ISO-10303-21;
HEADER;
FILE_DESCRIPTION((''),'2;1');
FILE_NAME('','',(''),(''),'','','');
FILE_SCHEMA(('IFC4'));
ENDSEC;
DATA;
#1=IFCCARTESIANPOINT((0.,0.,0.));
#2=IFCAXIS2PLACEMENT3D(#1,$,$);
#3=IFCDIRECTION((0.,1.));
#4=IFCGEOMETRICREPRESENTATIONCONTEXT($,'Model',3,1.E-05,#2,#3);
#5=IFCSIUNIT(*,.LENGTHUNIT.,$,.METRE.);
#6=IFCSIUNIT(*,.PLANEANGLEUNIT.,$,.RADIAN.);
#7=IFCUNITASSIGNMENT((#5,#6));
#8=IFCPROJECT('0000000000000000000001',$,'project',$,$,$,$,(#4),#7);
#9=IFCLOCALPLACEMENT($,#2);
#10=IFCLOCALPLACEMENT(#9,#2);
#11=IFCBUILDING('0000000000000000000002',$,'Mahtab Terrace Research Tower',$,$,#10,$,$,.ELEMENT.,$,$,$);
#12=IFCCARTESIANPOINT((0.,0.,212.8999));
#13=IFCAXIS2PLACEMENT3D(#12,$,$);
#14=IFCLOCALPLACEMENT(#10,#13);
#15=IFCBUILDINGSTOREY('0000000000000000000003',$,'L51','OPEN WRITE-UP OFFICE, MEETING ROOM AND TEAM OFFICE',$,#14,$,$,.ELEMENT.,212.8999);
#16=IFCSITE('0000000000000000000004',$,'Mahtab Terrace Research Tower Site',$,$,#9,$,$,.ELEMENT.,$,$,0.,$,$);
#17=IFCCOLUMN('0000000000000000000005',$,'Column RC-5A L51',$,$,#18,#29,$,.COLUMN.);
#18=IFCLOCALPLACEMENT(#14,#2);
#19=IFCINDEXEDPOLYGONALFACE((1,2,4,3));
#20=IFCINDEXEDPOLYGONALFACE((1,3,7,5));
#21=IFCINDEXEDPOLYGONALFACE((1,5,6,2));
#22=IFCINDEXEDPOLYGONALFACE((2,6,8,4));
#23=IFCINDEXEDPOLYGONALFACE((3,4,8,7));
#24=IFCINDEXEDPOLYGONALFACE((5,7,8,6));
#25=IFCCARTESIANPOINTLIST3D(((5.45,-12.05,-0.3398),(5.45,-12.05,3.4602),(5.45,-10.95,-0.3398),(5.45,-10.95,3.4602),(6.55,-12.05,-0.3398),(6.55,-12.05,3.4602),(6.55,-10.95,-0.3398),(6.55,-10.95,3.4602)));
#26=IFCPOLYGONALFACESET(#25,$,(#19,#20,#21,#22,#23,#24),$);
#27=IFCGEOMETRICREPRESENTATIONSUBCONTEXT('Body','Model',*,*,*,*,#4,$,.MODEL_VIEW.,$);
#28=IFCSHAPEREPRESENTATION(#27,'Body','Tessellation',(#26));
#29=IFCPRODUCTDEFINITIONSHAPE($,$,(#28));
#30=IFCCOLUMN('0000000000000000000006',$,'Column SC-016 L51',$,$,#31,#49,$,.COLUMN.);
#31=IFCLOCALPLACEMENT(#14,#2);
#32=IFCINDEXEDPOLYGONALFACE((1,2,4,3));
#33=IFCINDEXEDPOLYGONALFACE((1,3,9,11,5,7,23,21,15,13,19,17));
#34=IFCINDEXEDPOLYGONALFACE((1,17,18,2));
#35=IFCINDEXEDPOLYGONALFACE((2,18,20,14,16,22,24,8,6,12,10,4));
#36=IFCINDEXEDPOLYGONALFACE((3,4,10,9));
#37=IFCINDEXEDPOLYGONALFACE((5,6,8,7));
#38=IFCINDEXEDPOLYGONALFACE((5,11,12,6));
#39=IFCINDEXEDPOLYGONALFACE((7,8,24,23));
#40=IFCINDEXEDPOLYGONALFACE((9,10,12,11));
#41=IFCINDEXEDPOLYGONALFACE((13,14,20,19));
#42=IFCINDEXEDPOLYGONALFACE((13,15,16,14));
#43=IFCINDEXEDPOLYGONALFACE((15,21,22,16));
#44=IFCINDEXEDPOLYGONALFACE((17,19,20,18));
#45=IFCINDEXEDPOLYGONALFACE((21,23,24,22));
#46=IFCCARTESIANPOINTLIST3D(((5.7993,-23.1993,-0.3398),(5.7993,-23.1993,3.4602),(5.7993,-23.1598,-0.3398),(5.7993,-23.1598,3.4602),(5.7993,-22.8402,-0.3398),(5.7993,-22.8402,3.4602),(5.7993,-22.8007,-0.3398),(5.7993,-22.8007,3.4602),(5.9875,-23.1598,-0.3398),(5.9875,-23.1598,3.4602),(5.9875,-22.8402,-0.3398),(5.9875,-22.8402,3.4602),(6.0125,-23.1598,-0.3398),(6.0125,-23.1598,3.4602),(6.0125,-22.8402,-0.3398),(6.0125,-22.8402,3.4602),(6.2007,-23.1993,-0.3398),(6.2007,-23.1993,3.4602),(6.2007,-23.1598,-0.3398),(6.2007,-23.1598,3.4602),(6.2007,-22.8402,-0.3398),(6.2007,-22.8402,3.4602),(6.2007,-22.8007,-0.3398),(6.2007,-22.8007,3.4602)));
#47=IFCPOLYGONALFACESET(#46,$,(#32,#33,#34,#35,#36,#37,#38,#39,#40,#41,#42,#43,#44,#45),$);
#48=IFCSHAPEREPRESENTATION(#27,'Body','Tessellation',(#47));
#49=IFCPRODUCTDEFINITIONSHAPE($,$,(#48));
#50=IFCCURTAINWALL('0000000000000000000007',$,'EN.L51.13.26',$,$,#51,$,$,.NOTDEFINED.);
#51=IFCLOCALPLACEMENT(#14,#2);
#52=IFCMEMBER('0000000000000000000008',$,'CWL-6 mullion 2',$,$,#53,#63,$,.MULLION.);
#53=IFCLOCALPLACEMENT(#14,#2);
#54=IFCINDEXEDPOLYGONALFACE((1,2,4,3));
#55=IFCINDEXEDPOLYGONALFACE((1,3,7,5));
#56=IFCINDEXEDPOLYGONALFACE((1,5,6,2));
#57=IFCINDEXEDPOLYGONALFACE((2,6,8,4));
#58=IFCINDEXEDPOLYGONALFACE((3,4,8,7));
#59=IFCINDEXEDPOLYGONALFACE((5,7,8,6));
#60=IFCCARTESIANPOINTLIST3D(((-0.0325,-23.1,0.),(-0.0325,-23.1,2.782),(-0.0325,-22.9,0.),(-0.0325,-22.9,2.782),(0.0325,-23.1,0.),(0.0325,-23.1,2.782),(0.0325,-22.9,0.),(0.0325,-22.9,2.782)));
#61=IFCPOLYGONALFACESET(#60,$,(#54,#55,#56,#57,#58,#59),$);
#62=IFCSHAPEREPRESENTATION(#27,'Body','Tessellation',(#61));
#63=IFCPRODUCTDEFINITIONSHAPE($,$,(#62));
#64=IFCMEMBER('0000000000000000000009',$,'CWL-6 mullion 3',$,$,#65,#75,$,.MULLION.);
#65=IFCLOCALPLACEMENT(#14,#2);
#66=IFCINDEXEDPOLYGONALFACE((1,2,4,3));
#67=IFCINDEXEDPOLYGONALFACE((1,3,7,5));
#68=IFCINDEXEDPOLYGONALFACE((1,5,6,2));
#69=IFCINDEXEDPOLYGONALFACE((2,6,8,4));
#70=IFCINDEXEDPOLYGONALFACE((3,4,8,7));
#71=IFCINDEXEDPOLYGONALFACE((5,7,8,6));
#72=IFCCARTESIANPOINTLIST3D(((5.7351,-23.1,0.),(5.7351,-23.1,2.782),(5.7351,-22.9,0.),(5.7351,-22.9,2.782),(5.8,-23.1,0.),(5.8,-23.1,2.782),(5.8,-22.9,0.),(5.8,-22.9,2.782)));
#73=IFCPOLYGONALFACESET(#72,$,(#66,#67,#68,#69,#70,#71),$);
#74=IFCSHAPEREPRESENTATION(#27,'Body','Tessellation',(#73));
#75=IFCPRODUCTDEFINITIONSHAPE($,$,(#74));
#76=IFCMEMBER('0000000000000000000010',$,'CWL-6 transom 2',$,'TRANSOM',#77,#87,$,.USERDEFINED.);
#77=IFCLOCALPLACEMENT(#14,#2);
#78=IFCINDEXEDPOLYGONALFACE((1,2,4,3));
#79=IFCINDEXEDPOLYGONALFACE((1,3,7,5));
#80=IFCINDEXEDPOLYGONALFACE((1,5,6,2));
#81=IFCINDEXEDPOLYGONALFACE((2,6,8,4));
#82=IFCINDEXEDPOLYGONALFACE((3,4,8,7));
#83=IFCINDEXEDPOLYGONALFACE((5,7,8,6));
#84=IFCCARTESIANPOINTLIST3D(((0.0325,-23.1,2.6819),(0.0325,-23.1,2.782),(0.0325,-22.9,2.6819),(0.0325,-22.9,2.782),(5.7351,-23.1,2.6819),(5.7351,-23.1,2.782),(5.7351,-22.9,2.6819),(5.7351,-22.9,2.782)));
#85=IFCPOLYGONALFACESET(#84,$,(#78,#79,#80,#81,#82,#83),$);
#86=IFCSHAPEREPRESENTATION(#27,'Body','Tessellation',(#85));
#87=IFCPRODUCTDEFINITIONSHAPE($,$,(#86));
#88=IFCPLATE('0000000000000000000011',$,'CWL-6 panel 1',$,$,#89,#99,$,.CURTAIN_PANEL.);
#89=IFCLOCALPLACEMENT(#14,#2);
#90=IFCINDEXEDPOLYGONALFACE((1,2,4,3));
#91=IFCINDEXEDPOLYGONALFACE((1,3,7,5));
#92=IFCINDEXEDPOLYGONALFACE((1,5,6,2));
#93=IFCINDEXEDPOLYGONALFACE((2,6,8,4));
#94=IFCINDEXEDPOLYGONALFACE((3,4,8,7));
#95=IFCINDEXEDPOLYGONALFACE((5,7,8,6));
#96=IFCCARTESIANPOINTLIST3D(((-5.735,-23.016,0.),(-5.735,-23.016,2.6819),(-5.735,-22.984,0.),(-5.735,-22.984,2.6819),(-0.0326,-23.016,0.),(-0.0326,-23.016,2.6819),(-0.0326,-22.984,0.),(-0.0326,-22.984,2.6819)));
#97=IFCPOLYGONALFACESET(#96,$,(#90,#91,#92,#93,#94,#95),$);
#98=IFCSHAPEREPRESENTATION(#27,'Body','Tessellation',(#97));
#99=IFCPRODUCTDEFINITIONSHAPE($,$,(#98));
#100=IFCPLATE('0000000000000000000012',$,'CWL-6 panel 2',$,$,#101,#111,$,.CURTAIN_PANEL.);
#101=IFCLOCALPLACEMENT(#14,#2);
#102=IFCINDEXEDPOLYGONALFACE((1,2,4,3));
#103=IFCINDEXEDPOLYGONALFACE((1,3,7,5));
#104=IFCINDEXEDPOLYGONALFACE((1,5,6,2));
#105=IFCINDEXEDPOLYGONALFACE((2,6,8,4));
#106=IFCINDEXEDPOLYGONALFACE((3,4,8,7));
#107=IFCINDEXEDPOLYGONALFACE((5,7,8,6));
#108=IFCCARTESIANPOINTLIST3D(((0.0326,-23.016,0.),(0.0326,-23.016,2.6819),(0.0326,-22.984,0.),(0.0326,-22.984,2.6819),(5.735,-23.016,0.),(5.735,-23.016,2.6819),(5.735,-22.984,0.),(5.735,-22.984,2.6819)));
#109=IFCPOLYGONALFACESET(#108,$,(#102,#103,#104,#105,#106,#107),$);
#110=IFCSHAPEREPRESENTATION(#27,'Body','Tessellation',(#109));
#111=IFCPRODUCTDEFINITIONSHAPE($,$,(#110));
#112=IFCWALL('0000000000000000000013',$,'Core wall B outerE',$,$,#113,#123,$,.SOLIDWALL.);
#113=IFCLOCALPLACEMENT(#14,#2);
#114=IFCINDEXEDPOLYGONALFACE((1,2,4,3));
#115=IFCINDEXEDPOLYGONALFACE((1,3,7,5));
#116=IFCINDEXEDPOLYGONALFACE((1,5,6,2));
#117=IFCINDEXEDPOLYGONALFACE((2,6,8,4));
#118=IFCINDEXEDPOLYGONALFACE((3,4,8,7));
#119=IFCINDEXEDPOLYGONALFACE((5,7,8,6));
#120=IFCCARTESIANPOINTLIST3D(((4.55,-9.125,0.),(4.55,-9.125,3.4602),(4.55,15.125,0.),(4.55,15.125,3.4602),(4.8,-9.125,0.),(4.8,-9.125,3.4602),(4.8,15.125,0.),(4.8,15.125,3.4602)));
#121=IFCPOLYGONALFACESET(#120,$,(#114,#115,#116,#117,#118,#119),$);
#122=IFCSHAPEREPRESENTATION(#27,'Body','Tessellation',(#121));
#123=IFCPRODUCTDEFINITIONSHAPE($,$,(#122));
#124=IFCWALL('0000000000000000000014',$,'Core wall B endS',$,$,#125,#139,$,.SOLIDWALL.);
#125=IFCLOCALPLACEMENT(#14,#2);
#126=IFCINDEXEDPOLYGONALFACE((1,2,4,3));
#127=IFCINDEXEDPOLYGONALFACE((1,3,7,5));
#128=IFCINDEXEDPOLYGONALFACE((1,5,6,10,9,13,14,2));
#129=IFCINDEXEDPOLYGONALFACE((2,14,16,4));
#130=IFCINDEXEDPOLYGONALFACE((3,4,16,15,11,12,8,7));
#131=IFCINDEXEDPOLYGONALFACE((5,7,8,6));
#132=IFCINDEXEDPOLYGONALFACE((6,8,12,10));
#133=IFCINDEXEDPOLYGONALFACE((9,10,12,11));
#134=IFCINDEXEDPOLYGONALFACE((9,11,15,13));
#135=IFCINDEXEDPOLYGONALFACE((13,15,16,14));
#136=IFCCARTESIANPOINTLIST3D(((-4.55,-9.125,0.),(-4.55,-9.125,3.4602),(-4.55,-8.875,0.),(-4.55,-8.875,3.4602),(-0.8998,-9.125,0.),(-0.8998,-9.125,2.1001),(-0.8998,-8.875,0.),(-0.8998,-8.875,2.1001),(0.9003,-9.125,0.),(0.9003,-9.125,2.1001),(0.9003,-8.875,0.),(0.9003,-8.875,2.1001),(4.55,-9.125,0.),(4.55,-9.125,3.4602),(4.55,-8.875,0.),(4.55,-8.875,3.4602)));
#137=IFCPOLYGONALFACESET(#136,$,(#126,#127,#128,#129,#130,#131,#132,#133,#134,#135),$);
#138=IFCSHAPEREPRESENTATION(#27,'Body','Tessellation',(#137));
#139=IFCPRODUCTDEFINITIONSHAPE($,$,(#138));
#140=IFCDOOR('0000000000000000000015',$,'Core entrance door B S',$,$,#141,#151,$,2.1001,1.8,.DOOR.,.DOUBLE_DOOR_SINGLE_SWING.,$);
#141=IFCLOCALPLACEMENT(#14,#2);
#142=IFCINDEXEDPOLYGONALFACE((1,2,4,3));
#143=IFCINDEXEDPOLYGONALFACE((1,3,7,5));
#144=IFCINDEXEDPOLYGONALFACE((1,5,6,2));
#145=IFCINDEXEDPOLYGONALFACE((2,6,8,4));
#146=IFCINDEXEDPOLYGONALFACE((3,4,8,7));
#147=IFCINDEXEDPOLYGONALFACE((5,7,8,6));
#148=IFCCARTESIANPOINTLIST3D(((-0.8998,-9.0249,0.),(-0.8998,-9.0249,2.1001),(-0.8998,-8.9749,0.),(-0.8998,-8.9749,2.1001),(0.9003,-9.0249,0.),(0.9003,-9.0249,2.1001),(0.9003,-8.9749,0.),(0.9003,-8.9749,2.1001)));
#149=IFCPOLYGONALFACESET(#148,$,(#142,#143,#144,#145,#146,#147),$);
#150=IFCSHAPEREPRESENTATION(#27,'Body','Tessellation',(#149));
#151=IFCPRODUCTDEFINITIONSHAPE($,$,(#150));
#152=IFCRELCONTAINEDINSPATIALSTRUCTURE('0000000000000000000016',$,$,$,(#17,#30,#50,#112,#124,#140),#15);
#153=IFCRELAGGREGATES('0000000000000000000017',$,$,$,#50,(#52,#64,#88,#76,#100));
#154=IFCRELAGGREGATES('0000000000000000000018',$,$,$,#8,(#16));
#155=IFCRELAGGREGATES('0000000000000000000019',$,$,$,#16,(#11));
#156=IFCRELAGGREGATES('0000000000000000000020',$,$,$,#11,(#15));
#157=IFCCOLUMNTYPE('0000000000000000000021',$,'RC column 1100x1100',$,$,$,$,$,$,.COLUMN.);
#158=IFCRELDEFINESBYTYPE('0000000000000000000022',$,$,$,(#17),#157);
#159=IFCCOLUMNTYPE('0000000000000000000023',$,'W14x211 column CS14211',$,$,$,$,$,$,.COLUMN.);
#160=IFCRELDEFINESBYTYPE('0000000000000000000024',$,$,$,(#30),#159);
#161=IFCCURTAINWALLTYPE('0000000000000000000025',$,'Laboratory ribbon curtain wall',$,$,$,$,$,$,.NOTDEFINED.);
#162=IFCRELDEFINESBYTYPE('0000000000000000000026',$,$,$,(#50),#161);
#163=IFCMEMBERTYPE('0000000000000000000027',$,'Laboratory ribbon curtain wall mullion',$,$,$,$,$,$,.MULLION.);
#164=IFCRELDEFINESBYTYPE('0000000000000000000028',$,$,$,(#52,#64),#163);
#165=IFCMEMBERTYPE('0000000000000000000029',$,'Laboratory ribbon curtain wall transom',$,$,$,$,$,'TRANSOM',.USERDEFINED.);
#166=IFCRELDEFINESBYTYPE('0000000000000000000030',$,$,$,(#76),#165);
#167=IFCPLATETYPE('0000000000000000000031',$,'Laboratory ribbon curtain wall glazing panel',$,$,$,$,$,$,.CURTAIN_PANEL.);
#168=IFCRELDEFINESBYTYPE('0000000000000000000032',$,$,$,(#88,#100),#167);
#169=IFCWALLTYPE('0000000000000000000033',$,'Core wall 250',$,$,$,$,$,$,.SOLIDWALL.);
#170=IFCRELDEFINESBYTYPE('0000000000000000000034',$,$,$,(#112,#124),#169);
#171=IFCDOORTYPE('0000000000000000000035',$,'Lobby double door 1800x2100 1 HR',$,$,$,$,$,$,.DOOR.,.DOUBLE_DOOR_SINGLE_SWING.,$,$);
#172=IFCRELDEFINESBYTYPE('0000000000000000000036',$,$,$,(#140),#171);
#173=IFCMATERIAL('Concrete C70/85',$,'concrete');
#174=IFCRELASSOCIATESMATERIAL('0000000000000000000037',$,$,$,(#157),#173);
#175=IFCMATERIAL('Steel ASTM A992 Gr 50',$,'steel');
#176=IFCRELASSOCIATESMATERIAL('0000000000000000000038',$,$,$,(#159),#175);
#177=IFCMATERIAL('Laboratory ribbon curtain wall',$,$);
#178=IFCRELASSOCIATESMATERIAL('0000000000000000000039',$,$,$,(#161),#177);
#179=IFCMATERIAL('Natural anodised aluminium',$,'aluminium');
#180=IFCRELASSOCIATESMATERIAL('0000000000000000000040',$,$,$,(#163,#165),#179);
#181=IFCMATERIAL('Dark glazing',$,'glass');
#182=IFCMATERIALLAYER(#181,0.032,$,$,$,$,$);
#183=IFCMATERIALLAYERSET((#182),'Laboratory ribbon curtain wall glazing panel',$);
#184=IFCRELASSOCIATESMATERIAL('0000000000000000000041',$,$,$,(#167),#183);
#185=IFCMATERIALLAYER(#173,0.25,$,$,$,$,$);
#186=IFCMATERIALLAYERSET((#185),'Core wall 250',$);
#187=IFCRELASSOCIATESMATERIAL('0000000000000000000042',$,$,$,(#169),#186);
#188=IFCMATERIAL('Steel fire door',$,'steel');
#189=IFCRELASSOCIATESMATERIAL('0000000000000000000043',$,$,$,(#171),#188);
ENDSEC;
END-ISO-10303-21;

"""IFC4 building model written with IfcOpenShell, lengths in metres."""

from ifc_helpers import new_model, si_unit, direction, frame, frame_2d, origin, origin_2d, place, context, subcontext, project, spatial, rectangle, i_section, extrude, material, layer, layer_set, material_profile, profile_set, type_object, element, fill, aggregate, save


model = new_model("IFC4")

# Units and contexts
model_context = context("Model", 3, precision=1e-05, world=origin(), true_north=direction((0.0, 1.0)))
body_context = subcontext(model_context, "Body", "Model", "MODEL_VIEW")
ifc_project = project(units=[si_unit("LENGTHUNIT", "METRE"), si_unit("PLANEANGLEUNIT", "RADIAN")], contexts=[model_context])

# Site, building, storey
site_placement = place(None, origin())
site = spatial("IfcSite", under=ifc_project, at=site_placement, Name="Mahtab Terrace Research Tower Site", CompositionType="ELEMENT", RefElevation=0.0)
building_placement = place(site_placement, origin())
building = spatial("IfcBuilding", under=site, at=building_placement, Name="Mahtab Terrace Research Tower", CompositionType="ELEMENT")
storey_placement = place(building_placement, frame((0.0, 0.0, 212.8999)))
storey = spatial("IfcBuildingStorey", under=building, at=storey_placement, Name="L51", Description="OPEN WRITE-UP OFFICE, MEETING ROOM AND TEAM OFFICE", CompositionType="ELEMENT", Elevation=212.8999)

# Columns
ifc_material_1 = material(Name="Concrete C70/85", Category="concrete")
ifc_material_profile_1 = material_profile(ifc_material_1, rectangle(XDim=1.1001, YDim=1.1001, at=origin_2d()), Name="RC column 1100x1100")
ifc_profile_set_1 = profile_set([ifc_material_profile_1], Name="Concrete C70/85")
column_type_1 = type_object("IfcColumnType", Name="RC column 1100x1100", PredefinedType="COLUMN", material=ifc_profile_set_1)
column_1_placement = place(storey_placement, frame((6.0, -11.5, -0.3398), z_axis=(0.0, 0.0, 1.0), x_axis=(1.0, 0.0, 0.0)))
element("IfcColumn", 1, at=column_1_placement, inside=storey, type_object=column_type_1, Name="Column RC-5A L51", PredefinedType="COLUMN", context=body_context, shape_type="SweptSolid", body=[
    extrude(rectangle(XDim=1.1001, YDim=1.1001, at=origin_2d()), origin(), (0.0, 0.0, 1.0), 3.8),
])
ifc_material_2 = material(Name="Steel ASTM A992 Gr 50", Category="steel")
ifc_material_profile_2 = material_profile(ifc_material_2, i_section(OverallWidth=0.4014, OverallDepth=0.3987, WebThickness=0.0249, FlangeThickness=0.0396, at=origin_2d()), Name="W14X211")
ifc_profile_set_2 = profile_set([ifc_material_profile_2], Name="Steel ASTM A992 Gr 50")
column_type_2 = type_object("IfcColumnType", Name="W14x211 column CS14211", PredefinedType="COLUMN", material=ifc_profile_set_2)
column_2_placement = place(storey_placement, frame((6.0, -23.0, -0.3398), z_axis=(0.0, 0.0, 1.0), x_axis=(1.0, 0.0, 0.0)))
element("IfcColumn", 2, at=column_2_placement, inside=storey, type_object=column_type_2, Name="Column SC-016 L51", PredefinedType="COLUMN", context=body_context, shape_type="SweptSolid", body=[
    extrude(i_section(OverallWidth=0.4014, OverallDepth=0.3987, WebThickness=0.0249, FlangeThickness=0.0396, at=origin_2d()), origin(), (0.0, 0.0, 1.0), 3.8),
])

# Curtain wall, members, plates
ifc_material_3 = material(Name="Laboratory ribbon curtain wall")
curtain_wall_type = type_object("IfcCurtainWallType", Name="Laboratory ribbon curtain wall", PredefinedType="NOTDEFINED", material=ifc_material_3)
curtain_wall_placement = place(storey_placement, origin())
curtain_wall = element("IfcCurtainWall", 3, at=curtain_wall_placement, inside=storey, type_object=curtain_wall_type, Name="EN.L51.13.26", PredefinedType="NOTDEFINED")
ifc_material_4 = material(Name="Natural anodised aluminium", Category="aluminium")
ifc_material_profile_3 = material_profile(ifc_material_4, rectangle(XDim=0.2, YDim=0.0649, at=origin_2d()), Name="MULLION 65x200")
ifc_profile_set_3 = profile_set([ifc_material_profile_3], Name="Natural anodised aluminium")
member_type_1 = type_object("IfcMemberType", Name="Laboratory ribbon curtain wall mullion", PredefinedType="MULLION", material=ifc_profile_set_3)
member_1_placement = place(storey_placement, frame((0.0, -23.0, 0.0), z_axis=(0.0, 0.0, 1.0), x_axis=(0.0, 1.0, 0.0)))
member_1 = element("IfcMember", 4, at=member_1_placement, type_object=member_type_1, Name="CWL-6 mullion 2", PredefinedType="MULLION", context=body_context, shape_type="SweptSolid", body=[
    extrude(rectangle(XDim=0.2, YDim=0.0649, at=origin_2d()), origin(), (0.0, 0.0, 1.0), 2.782),
])
member_2_placement = place(storey_placement, frame((5.7676, -23.0, 0.0), z_axis=(0.0, 0.0, 1.0), x_axis=(0.0, 1.0, 0.0)))
member_2 = element("IfcMember", 5, at=member_2_placement, type_object=member_type_1, Name="CWL-6 mullion 3", PredefinedType="MULLION", context=body_context, shape_type="SweptSolid", body=[
    extrude(rectangle(XDim=0.2, YDim=0.0649, at=origin_2d()), origin(), (0.0, 0.0, 1.0), 2.782),
])
ifc_material_profile_4 = material_profile(ifc_material_4, rectangle(XDim=0.2, YDim=0.1001, at=origin_2d()), Name="TRANSOM 100x200")
ifc_profile_set_4 = profile_set([ifc_material_profile_4], Name="Natural anodised aluminium")
member_type_2 = type_object("IfcMemberType", Name="Laboratory ribbon curtain wall transom", ElementType="TRANSOM", PredefinedType="USERDEFINED", material=ifc_profile_set_4)
member_3_placement = place(storey_placement, frame((0.0325, -23.0, 2.7319), z_axis=(1.0, 0.0, 0.0), x_axis=(0.0, 1.0, 0.0)))
member_3 = element("IfcMember", 6, at=member_3_placement, type_object=member_type_2, Name="CWL-6 transom 2", ObjectType="TRANSOM", PredefinedType="USERDEFINED", context=body_context, shape_type="SweptSolid", body=[
    extrude(rectangle(XDim=0.2, YDim=0.1001, at=origin_2d()), origin(), (0.0, 0.0, 1.0), 5.7026),
])
ifc_material_5 = material(Name="Dark glazing", Category="glass")
ifc_layer_1 = layer(ifc_material_5, 0.032)
ifc_layer_set_1 = layer_set([ifc_layer_1], Name="Laboratory ribbon curtain wall glazing panel")
plate_type = type_object("IfcPlateType", Name="Laboratory ribbon curtain wall glazing panel", PredefinedType="CURTAIN_PANEL", material=ifc_layer_set_1)
plate_1_placement = place(storey_placement, frame((-2.8838, -23.0, 0.0), z_axis=(0.0, 0.0, 1.0), x_axis=(1.0, 0.0, 0.0)))
plate_1 = element("IfcPlate", 7, at=plate_1_placement, type_object=plate_type, Name="CWL-6 panel 1", PredefinedType="CURTAIN_PANEL", context=body_context, shape_type="SweptSolid", body=[
    extrude(rectangle(XDim=5.7024, YDim=0.032, at=origin_2d()), origin(), (0.0, 0.0, 1.0), 2.6819),
])
plate_2_placement = place(storey_placement, frame((2.8838, -23.0, 0.0), z_axis=(0.0, 0.0, 1.0), x_axis=(1.0, 0.0, 0.0)))
plate_2 = element("IfcPlate", 8, at=plate_2_placement, type_object=plate_type, Name="CWL-6 panel 2", PredefinedType="CURTAIN_PANEL", context=body_context, shape_type="SweptSolid", body=[
    extrude(rectangle(XDim=5.7024, YDim=0.032, at=origin_2d()), origin(), (0.0, 0.0, 1.0), 2.6819),
])
aggregate(curtain_wall, [member_1, member_2, plate_1, member_3, plate_2])

# Wall
ifc_layer_2 = layer(ifc_material_1, 0.25)
ifc_layer_set_2 = layer_set([ifc_layer_2], Name="Core wall 250")
wall_type = type_object("IfcWallType", Name="Core wall 250", PredefinedType="SOLIDWALL", material=ifc_layer_set_2)
wall_1_placement = place(storey_placement, frame((4.675, -9.125, 0.0), z_axis=(0.0, 0.0, 1.0), x_axis=(0.0, 1.0, 0.0)))
element("IfcWall", 9, at=wall_1_placement, inside=storey, type_object=wall_type, Name="Core wall B outerE", PredefinedType="SOLIDWALL", context=body_context, shape_type="SweptSolid", body=[
    extrude(rectangle(XDim=24.25, YDim=0.25, at=frame_2d((12.125, 0.0))), origin(), (0.0, 0.0, 1.0), 3.4602),
])

# Wall, opening, door
wall_2_placement = place(storey_placement, frame((4.55, -9.0, 0.0), z_axis=(0.0, 0.0, 1.0), x_axis=(-1.0, 0.0, 0.0)))
wall_2 = element("IfcWall", 10, at=wall_2_placement, inside=storey, type_object=wall_type, Name="Core wall B endS", PredefinedType="SOLIDWALL", context=body_context, shape_type="SweptSolid", body=[
    extrude(rectangle(XDim=9.1001, YDim=0.25, at=frame_2d((4.55, 0.0))), origin(), (0.0, 0.0, 1.0), 3.4602),
])
opening_1_placement = place(wall_2_placement, frame((3.6499, 0.0, 0.0)))
opening_1 = element("IfcOpeningElement", 11, at=opening_1_placement, cuts=wall_2, PredefinedType="OPENING", context=body_context, shape_type="SweptSolid", body=[
    extrude(rectangle(XDim=1.8, YDim=2.1001, at=frame_2d((0.8999, 1.05))), frame((0.0, 0.135, 0.0), z_axis=(0.0, -1.0, 0.0), x_axis=(1.0, 0.0, 0.0)), (0.0, 0.0, 1.0), 0.27),
])
ifc_material_6 = material(Name="Steel fire door", Category="steel")
door_type_1 = type_object("IfcDoorType", Name="Lobby double door 1800x2100 1 HR", OperationType="DOUBLE_DOOR_SINGLE_SWING", PredefinedType="DOOR", material=ifc_material_6)
door_1_placement = place(opening_1_placement, origin())
door_1 = element("IfcDoor", 12, at=door_1_placement, inside=storey, type_object=door_type_1, Name="Core entrance door B S", OperationType="DOUBLE_DOOR_SINGLE_SWING", OverallHeight=2.1001, OverallWidth=1.8, PredefinedType="DOOR", context=body_context, shape_type="SweptSolid", body=[
    extrude(rectangle(XDim=1.8, YDim=2.1001, at=frame_2d((0.8999, 1.05))), frame((0.0, 0.0249, 0.0), z_axis=(0.0, -1.0, 0.0), x_axis=(1.0, 0.0, 0.0)), (0.0, 0.0, 1.0), 0.05),
])
fill(opening_1, door_1)

save(model, "model.ifc")
